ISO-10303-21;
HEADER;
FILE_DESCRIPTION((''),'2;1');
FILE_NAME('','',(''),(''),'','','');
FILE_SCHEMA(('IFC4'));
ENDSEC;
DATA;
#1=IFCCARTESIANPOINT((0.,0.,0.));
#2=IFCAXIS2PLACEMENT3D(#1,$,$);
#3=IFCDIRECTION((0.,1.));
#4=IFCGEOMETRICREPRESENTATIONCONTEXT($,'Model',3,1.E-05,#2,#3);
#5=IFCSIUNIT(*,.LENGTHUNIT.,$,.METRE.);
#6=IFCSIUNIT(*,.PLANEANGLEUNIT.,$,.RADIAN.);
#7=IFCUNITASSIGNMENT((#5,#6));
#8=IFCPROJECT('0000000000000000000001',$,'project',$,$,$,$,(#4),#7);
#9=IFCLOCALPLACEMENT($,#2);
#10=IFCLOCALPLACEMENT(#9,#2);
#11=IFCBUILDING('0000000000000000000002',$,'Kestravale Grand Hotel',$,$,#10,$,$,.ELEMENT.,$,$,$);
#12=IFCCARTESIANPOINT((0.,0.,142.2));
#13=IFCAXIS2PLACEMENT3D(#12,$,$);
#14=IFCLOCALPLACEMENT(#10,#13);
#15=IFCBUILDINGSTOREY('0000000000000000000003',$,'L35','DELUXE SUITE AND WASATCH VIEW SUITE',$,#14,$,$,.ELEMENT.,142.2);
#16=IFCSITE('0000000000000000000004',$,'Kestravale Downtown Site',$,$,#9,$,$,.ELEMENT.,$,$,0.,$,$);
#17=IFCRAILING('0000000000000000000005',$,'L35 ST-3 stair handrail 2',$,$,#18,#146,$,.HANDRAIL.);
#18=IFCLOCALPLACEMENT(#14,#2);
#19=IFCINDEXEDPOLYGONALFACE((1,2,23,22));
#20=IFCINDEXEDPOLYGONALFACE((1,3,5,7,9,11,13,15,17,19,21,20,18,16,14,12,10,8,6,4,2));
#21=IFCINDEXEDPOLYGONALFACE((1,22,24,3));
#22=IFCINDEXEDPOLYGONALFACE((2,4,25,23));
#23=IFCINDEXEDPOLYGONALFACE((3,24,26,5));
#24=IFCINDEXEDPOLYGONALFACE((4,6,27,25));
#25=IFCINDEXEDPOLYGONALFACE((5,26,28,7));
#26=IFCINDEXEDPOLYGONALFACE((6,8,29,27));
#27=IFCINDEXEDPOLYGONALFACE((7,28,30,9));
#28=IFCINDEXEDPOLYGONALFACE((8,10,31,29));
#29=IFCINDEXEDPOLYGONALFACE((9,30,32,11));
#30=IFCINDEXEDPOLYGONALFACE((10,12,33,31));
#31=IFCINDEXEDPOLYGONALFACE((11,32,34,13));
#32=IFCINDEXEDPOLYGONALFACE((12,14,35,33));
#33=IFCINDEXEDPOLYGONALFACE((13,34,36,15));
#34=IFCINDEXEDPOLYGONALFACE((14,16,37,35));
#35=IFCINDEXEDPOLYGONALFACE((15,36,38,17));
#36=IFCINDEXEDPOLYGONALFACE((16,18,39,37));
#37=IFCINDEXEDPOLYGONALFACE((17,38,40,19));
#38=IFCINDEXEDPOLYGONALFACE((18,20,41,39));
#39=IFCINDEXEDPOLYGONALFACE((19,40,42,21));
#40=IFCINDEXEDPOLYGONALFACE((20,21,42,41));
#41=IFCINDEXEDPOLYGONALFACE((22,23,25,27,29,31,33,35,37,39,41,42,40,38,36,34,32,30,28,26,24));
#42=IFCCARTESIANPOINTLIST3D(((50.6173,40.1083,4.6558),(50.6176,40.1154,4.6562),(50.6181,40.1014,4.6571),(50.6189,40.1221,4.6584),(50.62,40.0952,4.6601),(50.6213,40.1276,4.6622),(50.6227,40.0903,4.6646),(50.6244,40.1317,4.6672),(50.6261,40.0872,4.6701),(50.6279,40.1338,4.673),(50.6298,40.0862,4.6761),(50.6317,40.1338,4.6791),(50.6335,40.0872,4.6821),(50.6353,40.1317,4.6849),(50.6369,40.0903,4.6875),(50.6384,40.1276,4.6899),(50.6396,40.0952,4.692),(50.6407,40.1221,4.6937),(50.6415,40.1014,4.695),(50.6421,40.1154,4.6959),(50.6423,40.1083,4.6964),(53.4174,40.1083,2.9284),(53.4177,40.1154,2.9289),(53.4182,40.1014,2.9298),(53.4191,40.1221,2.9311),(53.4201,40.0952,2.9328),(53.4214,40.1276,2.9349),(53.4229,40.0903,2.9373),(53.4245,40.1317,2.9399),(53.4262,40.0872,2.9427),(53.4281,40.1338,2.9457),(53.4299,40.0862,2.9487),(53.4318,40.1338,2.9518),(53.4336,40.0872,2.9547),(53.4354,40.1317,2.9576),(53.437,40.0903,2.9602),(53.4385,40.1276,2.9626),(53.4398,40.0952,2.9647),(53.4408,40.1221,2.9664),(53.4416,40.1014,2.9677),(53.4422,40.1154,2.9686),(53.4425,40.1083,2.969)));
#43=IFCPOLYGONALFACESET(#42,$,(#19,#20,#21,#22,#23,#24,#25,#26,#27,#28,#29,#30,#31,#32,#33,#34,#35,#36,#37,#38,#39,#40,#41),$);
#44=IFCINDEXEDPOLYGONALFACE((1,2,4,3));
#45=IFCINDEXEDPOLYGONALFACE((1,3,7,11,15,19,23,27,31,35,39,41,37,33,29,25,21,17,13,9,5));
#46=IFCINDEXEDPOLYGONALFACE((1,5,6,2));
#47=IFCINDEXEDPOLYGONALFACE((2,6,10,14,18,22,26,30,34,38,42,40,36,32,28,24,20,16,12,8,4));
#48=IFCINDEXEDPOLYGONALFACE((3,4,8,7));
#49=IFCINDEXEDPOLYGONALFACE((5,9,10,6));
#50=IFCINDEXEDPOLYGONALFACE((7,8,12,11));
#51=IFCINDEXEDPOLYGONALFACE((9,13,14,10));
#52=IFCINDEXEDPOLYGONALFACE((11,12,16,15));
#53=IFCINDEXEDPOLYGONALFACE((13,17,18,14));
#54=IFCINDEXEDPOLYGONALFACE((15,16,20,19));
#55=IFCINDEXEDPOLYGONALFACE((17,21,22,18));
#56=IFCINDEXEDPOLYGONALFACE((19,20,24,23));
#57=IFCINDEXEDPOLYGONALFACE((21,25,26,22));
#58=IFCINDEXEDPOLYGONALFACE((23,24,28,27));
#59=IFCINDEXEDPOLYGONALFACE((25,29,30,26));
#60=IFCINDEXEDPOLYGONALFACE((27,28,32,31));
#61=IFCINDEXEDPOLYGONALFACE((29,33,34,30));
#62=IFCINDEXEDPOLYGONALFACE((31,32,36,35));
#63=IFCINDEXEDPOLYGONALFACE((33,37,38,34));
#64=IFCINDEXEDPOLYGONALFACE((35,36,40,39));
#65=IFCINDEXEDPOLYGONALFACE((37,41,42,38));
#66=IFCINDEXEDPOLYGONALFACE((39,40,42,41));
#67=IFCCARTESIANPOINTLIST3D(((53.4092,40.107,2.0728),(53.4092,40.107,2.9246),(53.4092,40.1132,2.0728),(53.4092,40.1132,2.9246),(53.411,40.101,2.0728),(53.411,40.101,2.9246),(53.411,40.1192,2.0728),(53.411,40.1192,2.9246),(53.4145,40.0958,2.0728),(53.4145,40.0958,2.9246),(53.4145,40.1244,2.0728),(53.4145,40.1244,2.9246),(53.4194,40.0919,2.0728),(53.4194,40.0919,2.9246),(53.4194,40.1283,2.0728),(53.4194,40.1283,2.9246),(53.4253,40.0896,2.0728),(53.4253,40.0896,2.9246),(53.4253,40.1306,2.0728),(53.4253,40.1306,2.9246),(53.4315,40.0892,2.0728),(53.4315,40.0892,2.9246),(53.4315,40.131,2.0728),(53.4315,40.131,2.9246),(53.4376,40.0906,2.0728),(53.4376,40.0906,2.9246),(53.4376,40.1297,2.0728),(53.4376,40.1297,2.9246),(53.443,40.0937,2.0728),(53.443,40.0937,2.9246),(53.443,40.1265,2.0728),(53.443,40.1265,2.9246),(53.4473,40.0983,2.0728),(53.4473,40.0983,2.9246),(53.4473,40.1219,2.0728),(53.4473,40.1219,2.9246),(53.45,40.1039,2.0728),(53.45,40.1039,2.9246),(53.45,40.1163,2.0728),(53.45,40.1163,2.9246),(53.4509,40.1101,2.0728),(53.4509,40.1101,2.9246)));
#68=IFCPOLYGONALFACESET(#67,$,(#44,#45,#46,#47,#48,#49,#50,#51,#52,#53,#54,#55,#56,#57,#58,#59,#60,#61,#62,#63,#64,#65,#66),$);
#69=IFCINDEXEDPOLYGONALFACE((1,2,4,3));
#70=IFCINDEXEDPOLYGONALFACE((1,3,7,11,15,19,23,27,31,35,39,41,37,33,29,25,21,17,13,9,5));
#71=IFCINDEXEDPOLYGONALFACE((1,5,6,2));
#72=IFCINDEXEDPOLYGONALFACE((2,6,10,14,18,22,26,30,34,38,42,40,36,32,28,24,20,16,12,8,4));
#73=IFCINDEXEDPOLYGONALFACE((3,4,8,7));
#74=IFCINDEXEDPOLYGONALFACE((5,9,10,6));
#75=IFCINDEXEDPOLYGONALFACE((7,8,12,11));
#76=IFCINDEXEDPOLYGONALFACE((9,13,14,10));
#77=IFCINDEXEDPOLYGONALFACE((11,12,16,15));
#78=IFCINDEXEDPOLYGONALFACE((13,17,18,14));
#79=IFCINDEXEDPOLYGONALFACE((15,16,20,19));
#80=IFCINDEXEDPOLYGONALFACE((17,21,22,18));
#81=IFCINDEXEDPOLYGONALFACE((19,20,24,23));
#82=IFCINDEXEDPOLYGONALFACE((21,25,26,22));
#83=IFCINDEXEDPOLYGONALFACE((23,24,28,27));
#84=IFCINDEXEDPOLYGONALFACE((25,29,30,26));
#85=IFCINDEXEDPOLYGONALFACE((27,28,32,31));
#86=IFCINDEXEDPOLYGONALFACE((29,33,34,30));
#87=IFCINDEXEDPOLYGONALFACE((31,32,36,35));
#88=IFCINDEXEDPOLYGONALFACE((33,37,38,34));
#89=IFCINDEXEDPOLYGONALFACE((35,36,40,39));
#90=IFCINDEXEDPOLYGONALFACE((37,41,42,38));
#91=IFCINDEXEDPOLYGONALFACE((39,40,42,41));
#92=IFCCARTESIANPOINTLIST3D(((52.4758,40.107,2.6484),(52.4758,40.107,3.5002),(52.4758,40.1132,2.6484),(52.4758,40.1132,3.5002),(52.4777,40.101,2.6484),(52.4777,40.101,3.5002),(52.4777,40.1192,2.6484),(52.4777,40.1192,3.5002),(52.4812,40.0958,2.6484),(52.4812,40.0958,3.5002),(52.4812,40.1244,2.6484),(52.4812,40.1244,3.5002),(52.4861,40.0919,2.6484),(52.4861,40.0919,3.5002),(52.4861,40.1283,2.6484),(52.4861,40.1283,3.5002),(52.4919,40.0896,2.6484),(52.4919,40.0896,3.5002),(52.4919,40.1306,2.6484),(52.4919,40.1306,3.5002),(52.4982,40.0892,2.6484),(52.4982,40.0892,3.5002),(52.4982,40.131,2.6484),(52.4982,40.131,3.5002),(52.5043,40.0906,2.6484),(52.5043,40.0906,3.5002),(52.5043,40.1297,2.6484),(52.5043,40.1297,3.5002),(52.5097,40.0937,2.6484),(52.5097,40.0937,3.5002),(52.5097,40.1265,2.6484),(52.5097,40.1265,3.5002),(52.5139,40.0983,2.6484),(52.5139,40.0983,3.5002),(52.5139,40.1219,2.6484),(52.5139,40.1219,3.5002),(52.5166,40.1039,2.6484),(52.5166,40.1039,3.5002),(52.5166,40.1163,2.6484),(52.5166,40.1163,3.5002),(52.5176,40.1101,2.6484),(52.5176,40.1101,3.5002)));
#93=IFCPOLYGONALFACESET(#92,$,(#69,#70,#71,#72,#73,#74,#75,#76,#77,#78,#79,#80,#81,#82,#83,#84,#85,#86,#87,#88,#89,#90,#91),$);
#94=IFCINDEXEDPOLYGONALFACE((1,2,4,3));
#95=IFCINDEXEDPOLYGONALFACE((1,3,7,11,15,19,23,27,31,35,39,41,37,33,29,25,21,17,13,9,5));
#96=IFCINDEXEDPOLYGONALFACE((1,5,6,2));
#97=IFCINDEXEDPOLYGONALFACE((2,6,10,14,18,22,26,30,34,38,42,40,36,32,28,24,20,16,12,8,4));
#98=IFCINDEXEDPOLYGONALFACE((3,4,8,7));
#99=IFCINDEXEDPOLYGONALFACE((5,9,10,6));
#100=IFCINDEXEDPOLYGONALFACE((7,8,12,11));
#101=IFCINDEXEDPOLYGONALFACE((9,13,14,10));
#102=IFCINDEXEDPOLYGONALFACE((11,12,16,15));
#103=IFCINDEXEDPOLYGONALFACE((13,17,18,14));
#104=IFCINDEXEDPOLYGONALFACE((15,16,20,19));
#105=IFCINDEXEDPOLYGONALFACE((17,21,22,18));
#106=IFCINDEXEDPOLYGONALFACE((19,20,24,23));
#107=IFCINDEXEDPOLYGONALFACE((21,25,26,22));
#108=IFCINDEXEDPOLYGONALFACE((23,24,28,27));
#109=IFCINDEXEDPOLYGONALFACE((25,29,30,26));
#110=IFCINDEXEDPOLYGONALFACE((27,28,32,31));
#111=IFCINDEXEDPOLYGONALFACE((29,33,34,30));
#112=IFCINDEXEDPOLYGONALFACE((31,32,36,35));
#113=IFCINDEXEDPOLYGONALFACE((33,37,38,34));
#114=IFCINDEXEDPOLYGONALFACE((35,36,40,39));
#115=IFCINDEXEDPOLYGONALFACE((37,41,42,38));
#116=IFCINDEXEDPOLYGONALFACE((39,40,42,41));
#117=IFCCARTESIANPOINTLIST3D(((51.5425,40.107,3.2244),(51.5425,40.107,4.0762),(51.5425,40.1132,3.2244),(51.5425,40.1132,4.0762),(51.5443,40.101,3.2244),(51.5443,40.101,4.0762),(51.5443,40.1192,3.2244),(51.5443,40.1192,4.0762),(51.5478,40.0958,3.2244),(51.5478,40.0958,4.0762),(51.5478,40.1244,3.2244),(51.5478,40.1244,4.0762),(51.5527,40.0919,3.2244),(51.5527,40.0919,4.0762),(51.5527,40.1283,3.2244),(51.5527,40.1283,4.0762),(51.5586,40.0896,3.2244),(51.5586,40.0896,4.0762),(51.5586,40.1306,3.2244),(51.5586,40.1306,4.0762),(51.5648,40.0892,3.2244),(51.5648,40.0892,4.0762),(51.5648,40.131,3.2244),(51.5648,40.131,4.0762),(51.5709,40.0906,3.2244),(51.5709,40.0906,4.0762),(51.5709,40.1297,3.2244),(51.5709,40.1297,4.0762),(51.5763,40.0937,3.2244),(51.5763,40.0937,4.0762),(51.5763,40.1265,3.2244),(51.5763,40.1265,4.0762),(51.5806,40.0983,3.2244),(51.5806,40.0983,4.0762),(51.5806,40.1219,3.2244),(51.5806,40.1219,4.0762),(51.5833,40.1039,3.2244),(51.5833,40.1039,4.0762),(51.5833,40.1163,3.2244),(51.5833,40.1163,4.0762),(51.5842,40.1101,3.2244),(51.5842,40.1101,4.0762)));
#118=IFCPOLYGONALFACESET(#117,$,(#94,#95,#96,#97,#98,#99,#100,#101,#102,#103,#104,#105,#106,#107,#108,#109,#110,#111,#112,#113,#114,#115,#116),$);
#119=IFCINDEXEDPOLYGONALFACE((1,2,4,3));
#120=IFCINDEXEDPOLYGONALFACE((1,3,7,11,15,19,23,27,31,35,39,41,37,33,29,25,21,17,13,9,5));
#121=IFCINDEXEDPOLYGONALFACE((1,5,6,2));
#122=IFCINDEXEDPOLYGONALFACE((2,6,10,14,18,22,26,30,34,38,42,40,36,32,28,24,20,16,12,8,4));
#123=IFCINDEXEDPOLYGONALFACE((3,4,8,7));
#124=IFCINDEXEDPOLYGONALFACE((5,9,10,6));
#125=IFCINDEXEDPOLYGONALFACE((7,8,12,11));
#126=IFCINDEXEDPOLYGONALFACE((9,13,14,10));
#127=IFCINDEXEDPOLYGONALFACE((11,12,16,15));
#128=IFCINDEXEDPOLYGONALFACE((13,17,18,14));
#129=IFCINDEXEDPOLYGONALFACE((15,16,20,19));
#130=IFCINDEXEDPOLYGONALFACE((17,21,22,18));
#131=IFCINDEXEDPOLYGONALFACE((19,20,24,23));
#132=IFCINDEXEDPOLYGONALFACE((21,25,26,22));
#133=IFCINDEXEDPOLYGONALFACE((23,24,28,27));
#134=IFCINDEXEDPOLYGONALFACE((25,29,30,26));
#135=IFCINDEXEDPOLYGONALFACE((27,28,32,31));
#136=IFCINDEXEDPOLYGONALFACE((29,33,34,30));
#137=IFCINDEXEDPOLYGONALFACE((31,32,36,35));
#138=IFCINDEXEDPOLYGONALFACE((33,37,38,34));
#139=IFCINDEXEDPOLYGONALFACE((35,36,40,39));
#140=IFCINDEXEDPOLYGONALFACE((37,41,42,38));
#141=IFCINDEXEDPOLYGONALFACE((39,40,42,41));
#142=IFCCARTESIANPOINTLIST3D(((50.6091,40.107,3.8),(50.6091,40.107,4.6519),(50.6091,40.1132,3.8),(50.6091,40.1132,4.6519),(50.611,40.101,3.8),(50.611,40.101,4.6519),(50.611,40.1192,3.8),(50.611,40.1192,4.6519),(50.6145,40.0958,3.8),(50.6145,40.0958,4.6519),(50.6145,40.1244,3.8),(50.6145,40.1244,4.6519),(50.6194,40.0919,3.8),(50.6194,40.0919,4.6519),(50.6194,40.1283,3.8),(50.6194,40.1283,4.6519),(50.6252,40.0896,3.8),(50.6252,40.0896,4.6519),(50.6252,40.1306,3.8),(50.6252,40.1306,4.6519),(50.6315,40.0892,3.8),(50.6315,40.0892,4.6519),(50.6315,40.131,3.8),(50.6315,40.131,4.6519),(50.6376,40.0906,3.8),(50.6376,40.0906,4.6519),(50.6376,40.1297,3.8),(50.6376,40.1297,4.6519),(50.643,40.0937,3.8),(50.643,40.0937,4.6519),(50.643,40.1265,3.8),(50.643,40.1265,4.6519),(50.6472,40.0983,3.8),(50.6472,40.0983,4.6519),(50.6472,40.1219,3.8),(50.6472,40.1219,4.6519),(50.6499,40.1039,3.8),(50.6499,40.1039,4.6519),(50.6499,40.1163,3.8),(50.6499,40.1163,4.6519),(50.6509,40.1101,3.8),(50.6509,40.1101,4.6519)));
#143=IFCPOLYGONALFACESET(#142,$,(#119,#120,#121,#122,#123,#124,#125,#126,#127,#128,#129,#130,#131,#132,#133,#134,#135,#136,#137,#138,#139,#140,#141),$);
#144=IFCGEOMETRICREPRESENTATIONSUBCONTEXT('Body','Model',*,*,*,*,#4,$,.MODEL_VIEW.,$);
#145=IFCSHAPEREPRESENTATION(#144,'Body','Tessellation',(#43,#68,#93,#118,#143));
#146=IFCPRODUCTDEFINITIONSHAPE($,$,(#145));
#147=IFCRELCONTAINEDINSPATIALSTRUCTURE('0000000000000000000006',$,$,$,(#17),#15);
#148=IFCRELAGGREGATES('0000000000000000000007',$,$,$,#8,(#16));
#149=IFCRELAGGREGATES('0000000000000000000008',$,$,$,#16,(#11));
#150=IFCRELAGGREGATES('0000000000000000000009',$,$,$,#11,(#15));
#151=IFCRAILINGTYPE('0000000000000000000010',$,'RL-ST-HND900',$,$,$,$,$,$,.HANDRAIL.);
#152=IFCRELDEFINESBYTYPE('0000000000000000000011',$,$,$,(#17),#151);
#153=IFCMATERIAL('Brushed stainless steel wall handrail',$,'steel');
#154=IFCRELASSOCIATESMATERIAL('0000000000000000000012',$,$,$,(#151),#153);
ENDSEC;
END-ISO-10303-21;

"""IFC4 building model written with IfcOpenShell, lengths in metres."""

from ifc_helpers import new_model, si_unit, direction, frame, origin, origin_2d, place, context, subcontext, project, spatial, circle, extrude, material, type_object, element, save


model = new_model("IFC4")

# Units and contexts
model_context = context("Model", 3, precision=1e-05, world=origin(), true_north=direction((0.0, 1.0)))
body_context = subcontext(model_context, "Body", "Model", "MODEL_VIEW")
ifc_project = project(units=[si_unit("LENGTHUNIT", "METRE"), si_unit("PLANEANGLEUNIT", "RADIAN")], contexts=[model_context])

# Site, building, storey
site_placement = place(None, origin())
site = spatial("IfcSite", under=ifc_project, at=site_placement, Name="Kestravale Downtown Site", CompositionType="ELEMENT", RefElevation=0.0)
building_placement = place(site_placement, origin())
building = spatial("IfcBuilding", under=site, at=building_placement, Name="Kestravale Grand Hotel", CompositionType="ELEMENT")
storey_placement = place(building_placement, frame((0.0, 0.0, 142.2)))
storey = spatial("IfcBuildingStorey", under=building, at=storey_placement, Name="L35", Description="DELUXE SUITE AND WASATCH VIEW SUITE", CompositionType="ELEMENT", Elevation=142.2)

# Railing
ifc_material_1 = material(Name="Brushed stainless steel wall handrail", Category="steel")
railing_type_1 = type_object("IfcRailingType", Name="RL-ST-HND900", PredefinedType="HANDRAIL", material=ifc_material_1)
railing_1_placement = place(storey_placement, frame((53.4299, 40.1101, 2.0728)))
element("IfcRailing", 1, at=railing_1_placement, inside=storey, type_object=railing_type_1, Name="L35 ST-3 stair handrail 2", PredefinedType="HANDRAIL", context=body_context, shape_type="SweptSolid", body=[
    extrude(circle(Radius=0.0239, at=origin_2d()), frame((0.0, 0.0, 0.876), z_axis=(-0.85109, 0.0, 0.52502), x_axis=(0.0, -1.0, 0.0)), (0.0, 0.0, 1.0), 3.29),
    extrude(circle(Radius=0.021, at=origin_2d()), origin(), (0.0, 0.0, 1.0), 0.8518),
    extrude(circle(Radius=0.021, at=origin_2d()), frame((-0.9333, 0.0, 0.5757)), (0.0, 0.0, 1.0), 0.8518),
    extrude(circle(Radius=0.021, at=origin_2d()), frame((-1.8667, 0.0, 1.1516)), (0.0, 0.0, 1.0), 0.8518),
    extrude(circle(Radius=0.021, at=origin_2d()), frame((-2.8, 0.0, 1.7273)), (0.0, 0.0, 1.0), 0.8518),
])

save(model, "model.ifc")
